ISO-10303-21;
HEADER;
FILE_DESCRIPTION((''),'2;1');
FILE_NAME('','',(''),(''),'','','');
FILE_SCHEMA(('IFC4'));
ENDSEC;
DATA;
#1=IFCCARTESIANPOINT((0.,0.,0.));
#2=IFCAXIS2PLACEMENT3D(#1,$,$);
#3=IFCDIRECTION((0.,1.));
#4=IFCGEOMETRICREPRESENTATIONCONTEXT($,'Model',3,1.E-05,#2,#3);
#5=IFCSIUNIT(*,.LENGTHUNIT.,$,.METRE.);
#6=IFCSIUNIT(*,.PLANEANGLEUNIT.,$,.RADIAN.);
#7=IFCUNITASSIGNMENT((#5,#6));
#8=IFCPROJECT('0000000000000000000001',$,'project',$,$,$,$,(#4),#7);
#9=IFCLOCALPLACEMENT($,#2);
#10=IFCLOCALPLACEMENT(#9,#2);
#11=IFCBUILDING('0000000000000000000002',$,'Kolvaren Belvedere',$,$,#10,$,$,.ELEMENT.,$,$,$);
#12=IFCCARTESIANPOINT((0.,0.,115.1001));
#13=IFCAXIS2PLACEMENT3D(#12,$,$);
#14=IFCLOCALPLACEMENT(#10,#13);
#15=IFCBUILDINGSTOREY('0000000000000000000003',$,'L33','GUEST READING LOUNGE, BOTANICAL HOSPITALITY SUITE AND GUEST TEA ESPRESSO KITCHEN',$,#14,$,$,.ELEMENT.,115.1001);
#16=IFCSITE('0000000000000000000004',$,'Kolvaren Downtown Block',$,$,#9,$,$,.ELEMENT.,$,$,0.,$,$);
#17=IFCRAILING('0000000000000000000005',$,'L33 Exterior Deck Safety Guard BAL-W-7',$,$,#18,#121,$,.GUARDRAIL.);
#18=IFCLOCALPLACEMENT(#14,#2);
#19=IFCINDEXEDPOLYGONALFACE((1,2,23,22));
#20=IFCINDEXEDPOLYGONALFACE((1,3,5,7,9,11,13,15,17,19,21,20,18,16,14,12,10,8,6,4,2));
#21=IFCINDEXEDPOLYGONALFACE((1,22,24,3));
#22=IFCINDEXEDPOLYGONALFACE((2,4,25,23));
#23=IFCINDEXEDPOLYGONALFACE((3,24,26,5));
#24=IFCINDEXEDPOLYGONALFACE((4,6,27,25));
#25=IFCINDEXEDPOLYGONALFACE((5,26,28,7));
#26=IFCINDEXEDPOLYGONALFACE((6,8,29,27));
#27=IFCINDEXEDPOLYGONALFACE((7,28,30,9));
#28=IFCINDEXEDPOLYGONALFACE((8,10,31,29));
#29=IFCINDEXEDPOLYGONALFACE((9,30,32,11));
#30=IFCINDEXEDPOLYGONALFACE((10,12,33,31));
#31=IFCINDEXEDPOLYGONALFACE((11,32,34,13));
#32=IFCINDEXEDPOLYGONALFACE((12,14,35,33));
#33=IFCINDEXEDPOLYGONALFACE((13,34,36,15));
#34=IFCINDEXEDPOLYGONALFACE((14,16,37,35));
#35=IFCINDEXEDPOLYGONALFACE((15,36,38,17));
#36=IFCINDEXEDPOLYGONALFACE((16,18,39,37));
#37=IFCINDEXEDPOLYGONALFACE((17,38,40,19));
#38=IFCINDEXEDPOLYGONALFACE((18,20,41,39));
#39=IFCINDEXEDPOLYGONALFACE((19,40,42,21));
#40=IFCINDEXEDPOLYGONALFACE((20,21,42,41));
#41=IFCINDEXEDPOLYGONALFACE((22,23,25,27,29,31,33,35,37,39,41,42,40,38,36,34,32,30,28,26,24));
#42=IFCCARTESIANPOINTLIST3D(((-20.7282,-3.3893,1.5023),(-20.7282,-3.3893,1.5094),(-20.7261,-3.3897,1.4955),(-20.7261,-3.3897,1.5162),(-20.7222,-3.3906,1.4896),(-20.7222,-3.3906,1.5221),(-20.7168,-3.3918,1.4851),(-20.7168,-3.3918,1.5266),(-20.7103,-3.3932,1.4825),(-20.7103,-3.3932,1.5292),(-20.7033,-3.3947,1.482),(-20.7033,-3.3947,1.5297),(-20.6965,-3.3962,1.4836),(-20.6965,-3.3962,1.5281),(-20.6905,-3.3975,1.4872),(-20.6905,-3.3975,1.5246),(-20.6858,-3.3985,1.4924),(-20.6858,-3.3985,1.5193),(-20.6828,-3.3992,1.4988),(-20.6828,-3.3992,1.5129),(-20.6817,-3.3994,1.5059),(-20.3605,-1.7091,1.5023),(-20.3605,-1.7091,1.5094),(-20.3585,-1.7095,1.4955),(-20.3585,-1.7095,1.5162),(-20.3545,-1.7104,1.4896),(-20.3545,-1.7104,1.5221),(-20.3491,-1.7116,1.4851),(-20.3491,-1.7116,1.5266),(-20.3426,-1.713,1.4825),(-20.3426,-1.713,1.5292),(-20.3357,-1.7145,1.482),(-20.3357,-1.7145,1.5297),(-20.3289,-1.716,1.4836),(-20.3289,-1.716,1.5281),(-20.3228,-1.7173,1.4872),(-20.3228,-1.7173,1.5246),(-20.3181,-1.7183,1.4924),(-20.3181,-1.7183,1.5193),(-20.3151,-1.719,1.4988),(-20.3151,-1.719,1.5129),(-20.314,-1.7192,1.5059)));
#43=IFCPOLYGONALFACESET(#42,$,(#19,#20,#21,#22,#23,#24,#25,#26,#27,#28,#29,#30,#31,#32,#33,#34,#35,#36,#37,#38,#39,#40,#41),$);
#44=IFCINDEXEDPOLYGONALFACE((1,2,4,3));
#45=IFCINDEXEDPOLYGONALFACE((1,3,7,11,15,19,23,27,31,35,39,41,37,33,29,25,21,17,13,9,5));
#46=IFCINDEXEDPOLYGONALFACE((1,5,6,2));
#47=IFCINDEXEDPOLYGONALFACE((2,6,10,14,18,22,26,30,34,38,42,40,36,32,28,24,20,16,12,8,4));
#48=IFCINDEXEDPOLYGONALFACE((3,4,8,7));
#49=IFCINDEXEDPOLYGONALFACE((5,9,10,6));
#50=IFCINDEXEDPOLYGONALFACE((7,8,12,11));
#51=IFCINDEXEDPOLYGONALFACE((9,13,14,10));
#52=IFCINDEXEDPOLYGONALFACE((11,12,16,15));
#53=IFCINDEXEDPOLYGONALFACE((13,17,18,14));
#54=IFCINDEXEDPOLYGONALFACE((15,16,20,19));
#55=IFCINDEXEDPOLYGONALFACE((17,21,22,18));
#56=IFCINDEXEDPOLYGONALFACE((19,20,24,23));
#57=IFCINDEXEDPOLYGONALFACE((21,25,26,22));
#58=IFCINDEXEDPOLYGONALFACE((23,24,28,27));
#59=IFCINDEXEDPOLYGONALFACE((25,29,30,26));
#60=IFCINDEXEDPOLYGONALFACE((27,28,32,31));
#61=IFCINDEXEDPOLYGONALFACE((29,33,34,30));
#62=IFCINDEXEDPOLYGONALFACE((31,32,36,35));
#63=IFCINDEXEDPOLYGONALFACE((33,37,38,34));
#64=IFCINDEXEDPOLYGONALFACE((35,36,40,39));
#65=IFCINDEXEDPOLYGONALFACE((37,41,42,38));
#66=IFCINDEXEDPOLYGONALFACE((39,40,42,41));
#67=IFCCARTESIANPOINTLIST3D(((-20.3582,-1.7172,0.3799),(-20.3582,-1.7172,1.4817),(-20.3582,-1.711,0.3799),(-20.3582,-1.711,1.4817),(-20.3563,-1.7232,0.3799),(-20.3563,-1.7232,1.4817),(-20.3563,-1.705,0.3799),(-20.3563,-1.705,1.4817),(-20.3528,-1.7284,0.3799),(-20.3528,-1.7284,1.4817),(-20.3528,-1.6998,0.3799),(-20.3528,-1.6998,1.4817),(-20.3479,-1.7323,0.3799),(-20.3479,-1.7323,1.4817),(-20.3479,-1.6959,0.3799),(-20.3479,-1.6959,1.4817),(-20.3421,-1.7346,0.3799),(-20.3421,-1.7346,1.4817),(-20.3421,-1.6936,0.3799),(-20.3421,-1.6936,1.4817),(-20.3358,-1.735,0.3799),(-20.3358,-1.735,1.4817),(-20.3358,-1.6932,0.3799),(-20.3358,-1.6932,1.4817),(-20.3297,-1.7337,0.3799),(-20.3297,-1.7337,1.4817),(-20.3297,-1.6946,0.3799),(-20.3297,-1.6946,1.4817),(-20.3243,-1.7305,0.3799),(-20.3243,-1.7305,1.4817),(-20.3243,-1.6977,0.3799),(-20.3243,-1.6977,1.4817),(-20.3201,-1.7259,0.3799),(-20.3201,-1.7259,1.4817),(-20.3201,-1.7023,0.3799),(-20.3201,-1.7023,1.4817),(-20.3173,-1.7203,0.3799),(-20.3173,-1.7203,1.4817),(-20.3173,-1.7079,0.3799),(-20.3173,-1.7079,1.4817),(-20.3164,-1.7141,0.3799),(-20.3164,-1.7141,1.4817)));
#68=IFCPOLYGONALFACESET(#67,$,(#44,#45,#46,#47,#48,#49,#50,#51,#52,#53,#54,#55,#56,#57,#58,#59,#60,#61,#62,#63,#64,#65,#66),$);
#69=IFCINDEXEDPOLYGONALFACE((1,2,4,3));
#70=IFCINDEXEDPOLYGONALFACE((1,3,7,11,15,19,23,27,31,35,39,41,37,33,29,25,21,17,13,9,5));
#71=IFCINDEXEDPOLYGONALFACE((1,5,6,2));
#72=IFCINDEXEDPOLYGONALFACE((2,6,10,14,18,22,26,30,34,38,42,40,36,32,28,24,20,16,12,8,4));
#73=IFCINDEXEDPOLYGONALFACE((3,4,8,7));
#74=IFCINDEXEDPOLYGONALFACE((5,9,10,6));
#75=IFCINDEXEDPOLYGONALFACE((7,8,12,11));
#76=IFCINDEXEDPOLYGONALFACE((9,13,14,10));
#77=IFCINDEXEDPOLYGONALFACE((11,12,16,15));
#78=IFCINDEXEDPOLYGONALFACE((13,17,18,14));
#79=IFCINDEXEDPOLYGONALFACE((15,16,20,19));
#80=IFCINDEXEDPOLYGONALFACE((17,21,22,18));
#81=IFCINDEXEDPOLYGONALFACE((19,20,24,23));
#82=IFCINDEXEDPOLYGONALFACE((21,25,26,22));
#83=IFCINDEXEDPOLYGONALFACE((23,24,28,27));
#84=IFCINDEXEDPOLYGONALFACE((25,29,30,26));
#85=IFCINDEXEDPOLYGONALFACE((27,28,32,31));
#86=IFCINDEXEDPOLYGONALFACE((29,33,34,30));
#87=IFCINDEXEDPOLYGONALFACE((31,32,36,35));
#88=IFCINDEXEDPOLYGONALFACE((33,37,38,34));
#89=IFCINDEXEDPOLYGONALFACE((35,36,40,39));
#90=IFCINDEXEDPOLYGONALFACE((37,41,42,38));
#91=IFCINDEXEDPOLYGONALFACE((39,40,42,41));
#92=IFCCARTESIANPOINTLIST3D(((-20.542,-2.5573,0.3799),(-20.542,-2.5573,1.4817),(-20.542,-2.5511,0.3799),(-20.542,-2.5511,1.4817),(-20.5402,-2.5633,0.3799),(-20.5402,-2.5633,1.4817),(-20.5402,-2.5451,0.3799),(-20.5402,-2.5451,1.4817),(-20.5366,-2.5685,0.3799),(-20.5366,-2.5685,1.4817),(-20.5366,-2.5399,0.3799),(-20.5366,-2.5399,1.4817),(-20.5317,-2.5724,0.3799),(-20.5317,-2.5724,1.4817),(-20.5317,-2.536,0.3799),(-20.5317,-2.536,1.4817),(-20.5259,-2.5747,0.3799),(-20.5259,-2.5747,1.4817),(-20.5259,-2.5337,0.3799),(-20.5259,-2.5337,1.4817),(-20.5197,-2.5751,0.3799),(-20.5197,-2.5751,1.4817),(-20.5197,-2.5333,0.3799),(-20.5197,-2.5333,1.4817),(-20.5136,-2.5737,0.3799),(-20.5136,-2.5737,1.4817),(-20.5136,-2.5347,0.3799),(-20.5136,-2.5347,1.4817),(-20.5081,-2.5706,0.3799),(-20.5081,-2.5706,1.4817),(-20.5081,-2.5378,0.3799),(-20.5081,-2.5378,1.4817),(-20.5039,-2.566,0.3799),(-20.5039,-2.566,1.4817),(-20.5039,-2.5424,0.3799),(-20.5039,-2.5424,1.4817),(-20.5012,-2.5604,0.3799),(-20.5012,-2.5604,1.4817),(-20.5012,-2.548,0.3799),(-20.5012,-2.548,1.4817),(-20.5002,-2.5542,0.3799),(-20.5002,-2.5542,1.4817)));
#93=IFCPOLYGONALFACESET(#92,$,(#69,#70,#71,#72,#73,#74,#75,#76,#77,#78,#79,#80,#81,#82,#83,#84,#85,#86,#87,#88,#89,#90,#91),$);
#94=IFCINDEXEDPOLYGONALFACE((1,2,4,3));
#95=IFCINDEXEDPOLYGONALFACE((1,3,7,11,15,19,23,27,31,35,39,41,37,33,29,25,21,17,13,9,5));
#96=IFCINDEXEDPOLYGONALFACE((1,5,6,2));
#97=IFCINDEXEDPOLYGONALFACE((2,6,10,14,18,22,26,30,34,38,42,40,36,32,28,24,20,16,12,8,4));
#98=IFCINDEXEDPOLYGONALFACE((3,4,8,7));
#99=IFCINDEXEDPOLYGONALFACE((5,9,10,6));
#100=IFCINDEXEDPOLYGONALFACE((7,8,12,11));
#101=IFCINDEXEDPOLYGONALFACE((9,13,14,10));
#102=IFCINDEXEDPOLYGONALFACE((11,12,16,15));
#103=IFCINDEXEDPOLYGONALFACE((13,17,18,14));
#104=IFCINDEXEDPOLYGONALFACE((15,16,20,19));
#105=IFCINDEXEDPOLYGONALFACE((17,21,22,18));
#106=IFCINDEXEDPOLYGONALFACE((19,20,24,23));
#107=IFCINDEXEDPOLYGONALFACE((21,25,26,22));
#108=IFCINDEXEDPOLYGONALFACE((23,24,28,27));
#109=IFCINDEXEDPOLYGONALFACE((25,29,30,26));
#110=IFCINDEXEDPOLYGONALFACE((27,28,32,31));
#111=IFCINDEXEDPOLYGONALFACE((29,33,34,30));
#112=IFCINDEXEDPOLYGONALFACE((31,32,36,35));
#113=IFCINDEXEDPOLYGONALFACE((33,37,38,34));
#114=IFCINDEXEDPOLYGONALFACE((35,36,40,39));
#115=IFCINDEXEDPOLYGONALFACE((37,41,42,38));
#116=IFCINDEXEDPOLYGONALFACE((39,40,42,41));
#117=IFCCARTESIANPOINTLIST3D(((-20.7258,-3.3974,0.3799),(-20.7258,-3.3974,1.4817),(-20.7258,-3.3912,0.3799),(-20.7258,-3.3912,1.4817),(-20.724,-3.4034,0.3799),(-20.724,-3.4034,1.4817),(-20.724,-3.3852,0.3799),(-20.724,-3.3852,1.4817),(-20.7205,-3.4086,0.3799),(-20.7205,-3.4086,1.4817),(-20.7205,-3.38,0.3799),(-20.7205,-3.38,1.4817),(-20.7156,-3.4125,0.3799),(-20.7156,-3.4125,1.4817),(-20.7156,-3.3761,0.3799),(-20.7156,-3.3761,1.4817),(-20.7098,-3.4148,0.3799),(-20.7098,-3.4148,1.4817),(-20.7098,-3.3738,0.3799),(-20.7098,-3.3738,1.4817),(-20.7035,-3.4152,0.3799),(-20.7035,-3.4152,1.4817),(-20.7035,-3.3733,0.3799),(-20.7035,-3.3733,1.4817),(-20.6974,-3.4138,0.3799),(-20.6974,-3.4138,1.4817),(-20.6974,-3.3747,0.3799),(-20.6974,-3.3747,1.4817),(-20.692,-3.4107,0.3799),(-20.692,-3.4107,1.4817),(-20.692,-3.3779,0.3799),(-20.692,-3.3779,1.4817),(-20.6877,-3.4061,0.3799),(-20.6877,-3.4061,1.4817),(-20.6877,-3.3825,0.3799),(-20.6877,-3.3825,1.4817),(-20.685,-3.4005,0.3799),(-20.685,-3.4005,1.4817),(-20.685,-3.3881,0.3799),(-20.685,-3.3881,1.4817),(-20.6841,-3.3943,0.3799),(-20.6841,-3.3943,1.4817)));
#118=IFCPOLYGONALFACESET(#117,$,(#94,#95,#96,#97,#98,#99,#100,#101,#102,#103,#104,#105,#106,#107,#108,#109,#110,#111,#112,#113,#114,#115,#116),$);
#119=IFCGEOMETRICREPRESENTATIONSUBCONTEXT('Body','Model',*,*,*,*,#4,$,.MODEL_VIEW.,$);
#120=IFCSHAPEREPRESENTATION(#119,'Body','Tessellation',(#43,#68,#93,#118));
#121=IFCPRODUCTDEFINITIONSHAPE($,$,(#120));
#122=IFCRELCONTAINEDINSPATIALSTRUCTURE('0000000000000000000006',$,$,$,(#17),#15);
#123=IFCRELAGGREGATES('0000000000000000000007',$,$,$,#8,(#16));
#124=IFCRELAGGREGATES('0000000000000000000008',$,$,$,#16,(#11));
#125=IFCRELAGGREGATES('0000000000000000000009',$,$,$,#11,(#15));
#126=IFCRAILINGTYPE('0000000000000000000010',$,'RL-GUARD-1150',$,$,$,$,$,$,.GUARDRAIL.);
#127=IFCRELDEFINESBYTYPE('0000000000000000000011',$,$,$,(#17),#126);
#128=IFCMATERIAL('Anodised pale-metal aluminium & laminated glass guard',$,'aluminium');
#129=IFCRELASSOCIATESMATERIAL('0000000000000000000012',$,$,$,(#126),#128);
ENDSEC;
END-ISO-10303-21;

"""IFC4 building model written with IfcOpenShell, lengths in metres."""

from ifc_helpers import new_model, si_unit, direction, frame, origin, origin_2d, place, context, subcontext, project, spatial, circle, extrude, material, type_object, element, save


model = new_model("IFC4")

# Units and contexts
model_context = context("Model", 3, precision=1e-05, world=origin(), true_north=direction((0.0, 1.0)))
body_context = subcontext(model_context, "Body", "Model", "MODEL_VIEW")
ifc_project = project(units=[si_unit("LENGTHUNIT", "METRE"), si_unit("PLANEANGLEUNIT", "RADIAN")], contexts=[model_context])

# Site, building, storey
site_placement = place(None, origin())
site = spatial("IfcSite", under=ifc_project, at=site_placement, Name="Kolvaren Downtown Block", CompositionType="ELEMENT", RefElevation=0.0)
building_placement = place(site_placement, origin())
building = spatial("IfcBuilding", under=site, at=building_placement, Name="Kolvaren Belvedere", CompositionType="ELEMENT")
storey_placement = place(building_placement, frame((0.0, 0.0, 115.1001)))
storey = spatial("IfcBuildingStorey", under=building, at=storey_placement, Name="L33", Description="GUEST READING LOUNGE, BOTANICAL HOSPITALITY SUITE AND GUEST TEA ESPRESSO KITCHEN", CompositionType="ELEMENT", Elevation=115.1001)

# Railing
ifc_material_1 = material(Name="Anodised pale-metal aluminium & laminated glass guard", Category="aluminium")
railing_type = type_object("IfcRailingType", Name="RL-GUARD-1150", PredefinedType="GUARDRAIL", material=ifc_material_1)
railing_1_placement = place(storey_placement, frame((-20.3374, -1.7141, 0.3799)))
element("IfcRailing", 1, at=railing_1_placement, inside=storey, type_object=railing_type, Name="L33 Exterior Deck Safety Guard BAL-W-7", PredefinedType="GUARDRAIL", context=body_context, shape_type="SweptSolid", body=[
    extrude(circle(Radius=0.0239, at=origin_2d()), frame((0.0, 0.0, 1.126), z_axis=(-0.213773, -0.976883, 0.0), x_axis=(0.976883, -0.213773, 0.0)), (0.0, 0.0, 1.0), 1.72),
    extrude(circle(Radius=0.021, at=origin_2d()), origin(), (0.0, 0.0, 1.0), 1.1018),
    extrude(circle(Radius=0.021, at=origin_2d()), frame((-0.1838, -0.8401, 0.0)), (0.0, 0.0, 1.0), 1.1018),
    extrude(circle(Radius=0.021, at=origin_2d()), frame((-0.3677, -1.6802, 0.0)), (0.0, 0.0, 1.0), 1.1018),
])

save(model, "model.ifc")
